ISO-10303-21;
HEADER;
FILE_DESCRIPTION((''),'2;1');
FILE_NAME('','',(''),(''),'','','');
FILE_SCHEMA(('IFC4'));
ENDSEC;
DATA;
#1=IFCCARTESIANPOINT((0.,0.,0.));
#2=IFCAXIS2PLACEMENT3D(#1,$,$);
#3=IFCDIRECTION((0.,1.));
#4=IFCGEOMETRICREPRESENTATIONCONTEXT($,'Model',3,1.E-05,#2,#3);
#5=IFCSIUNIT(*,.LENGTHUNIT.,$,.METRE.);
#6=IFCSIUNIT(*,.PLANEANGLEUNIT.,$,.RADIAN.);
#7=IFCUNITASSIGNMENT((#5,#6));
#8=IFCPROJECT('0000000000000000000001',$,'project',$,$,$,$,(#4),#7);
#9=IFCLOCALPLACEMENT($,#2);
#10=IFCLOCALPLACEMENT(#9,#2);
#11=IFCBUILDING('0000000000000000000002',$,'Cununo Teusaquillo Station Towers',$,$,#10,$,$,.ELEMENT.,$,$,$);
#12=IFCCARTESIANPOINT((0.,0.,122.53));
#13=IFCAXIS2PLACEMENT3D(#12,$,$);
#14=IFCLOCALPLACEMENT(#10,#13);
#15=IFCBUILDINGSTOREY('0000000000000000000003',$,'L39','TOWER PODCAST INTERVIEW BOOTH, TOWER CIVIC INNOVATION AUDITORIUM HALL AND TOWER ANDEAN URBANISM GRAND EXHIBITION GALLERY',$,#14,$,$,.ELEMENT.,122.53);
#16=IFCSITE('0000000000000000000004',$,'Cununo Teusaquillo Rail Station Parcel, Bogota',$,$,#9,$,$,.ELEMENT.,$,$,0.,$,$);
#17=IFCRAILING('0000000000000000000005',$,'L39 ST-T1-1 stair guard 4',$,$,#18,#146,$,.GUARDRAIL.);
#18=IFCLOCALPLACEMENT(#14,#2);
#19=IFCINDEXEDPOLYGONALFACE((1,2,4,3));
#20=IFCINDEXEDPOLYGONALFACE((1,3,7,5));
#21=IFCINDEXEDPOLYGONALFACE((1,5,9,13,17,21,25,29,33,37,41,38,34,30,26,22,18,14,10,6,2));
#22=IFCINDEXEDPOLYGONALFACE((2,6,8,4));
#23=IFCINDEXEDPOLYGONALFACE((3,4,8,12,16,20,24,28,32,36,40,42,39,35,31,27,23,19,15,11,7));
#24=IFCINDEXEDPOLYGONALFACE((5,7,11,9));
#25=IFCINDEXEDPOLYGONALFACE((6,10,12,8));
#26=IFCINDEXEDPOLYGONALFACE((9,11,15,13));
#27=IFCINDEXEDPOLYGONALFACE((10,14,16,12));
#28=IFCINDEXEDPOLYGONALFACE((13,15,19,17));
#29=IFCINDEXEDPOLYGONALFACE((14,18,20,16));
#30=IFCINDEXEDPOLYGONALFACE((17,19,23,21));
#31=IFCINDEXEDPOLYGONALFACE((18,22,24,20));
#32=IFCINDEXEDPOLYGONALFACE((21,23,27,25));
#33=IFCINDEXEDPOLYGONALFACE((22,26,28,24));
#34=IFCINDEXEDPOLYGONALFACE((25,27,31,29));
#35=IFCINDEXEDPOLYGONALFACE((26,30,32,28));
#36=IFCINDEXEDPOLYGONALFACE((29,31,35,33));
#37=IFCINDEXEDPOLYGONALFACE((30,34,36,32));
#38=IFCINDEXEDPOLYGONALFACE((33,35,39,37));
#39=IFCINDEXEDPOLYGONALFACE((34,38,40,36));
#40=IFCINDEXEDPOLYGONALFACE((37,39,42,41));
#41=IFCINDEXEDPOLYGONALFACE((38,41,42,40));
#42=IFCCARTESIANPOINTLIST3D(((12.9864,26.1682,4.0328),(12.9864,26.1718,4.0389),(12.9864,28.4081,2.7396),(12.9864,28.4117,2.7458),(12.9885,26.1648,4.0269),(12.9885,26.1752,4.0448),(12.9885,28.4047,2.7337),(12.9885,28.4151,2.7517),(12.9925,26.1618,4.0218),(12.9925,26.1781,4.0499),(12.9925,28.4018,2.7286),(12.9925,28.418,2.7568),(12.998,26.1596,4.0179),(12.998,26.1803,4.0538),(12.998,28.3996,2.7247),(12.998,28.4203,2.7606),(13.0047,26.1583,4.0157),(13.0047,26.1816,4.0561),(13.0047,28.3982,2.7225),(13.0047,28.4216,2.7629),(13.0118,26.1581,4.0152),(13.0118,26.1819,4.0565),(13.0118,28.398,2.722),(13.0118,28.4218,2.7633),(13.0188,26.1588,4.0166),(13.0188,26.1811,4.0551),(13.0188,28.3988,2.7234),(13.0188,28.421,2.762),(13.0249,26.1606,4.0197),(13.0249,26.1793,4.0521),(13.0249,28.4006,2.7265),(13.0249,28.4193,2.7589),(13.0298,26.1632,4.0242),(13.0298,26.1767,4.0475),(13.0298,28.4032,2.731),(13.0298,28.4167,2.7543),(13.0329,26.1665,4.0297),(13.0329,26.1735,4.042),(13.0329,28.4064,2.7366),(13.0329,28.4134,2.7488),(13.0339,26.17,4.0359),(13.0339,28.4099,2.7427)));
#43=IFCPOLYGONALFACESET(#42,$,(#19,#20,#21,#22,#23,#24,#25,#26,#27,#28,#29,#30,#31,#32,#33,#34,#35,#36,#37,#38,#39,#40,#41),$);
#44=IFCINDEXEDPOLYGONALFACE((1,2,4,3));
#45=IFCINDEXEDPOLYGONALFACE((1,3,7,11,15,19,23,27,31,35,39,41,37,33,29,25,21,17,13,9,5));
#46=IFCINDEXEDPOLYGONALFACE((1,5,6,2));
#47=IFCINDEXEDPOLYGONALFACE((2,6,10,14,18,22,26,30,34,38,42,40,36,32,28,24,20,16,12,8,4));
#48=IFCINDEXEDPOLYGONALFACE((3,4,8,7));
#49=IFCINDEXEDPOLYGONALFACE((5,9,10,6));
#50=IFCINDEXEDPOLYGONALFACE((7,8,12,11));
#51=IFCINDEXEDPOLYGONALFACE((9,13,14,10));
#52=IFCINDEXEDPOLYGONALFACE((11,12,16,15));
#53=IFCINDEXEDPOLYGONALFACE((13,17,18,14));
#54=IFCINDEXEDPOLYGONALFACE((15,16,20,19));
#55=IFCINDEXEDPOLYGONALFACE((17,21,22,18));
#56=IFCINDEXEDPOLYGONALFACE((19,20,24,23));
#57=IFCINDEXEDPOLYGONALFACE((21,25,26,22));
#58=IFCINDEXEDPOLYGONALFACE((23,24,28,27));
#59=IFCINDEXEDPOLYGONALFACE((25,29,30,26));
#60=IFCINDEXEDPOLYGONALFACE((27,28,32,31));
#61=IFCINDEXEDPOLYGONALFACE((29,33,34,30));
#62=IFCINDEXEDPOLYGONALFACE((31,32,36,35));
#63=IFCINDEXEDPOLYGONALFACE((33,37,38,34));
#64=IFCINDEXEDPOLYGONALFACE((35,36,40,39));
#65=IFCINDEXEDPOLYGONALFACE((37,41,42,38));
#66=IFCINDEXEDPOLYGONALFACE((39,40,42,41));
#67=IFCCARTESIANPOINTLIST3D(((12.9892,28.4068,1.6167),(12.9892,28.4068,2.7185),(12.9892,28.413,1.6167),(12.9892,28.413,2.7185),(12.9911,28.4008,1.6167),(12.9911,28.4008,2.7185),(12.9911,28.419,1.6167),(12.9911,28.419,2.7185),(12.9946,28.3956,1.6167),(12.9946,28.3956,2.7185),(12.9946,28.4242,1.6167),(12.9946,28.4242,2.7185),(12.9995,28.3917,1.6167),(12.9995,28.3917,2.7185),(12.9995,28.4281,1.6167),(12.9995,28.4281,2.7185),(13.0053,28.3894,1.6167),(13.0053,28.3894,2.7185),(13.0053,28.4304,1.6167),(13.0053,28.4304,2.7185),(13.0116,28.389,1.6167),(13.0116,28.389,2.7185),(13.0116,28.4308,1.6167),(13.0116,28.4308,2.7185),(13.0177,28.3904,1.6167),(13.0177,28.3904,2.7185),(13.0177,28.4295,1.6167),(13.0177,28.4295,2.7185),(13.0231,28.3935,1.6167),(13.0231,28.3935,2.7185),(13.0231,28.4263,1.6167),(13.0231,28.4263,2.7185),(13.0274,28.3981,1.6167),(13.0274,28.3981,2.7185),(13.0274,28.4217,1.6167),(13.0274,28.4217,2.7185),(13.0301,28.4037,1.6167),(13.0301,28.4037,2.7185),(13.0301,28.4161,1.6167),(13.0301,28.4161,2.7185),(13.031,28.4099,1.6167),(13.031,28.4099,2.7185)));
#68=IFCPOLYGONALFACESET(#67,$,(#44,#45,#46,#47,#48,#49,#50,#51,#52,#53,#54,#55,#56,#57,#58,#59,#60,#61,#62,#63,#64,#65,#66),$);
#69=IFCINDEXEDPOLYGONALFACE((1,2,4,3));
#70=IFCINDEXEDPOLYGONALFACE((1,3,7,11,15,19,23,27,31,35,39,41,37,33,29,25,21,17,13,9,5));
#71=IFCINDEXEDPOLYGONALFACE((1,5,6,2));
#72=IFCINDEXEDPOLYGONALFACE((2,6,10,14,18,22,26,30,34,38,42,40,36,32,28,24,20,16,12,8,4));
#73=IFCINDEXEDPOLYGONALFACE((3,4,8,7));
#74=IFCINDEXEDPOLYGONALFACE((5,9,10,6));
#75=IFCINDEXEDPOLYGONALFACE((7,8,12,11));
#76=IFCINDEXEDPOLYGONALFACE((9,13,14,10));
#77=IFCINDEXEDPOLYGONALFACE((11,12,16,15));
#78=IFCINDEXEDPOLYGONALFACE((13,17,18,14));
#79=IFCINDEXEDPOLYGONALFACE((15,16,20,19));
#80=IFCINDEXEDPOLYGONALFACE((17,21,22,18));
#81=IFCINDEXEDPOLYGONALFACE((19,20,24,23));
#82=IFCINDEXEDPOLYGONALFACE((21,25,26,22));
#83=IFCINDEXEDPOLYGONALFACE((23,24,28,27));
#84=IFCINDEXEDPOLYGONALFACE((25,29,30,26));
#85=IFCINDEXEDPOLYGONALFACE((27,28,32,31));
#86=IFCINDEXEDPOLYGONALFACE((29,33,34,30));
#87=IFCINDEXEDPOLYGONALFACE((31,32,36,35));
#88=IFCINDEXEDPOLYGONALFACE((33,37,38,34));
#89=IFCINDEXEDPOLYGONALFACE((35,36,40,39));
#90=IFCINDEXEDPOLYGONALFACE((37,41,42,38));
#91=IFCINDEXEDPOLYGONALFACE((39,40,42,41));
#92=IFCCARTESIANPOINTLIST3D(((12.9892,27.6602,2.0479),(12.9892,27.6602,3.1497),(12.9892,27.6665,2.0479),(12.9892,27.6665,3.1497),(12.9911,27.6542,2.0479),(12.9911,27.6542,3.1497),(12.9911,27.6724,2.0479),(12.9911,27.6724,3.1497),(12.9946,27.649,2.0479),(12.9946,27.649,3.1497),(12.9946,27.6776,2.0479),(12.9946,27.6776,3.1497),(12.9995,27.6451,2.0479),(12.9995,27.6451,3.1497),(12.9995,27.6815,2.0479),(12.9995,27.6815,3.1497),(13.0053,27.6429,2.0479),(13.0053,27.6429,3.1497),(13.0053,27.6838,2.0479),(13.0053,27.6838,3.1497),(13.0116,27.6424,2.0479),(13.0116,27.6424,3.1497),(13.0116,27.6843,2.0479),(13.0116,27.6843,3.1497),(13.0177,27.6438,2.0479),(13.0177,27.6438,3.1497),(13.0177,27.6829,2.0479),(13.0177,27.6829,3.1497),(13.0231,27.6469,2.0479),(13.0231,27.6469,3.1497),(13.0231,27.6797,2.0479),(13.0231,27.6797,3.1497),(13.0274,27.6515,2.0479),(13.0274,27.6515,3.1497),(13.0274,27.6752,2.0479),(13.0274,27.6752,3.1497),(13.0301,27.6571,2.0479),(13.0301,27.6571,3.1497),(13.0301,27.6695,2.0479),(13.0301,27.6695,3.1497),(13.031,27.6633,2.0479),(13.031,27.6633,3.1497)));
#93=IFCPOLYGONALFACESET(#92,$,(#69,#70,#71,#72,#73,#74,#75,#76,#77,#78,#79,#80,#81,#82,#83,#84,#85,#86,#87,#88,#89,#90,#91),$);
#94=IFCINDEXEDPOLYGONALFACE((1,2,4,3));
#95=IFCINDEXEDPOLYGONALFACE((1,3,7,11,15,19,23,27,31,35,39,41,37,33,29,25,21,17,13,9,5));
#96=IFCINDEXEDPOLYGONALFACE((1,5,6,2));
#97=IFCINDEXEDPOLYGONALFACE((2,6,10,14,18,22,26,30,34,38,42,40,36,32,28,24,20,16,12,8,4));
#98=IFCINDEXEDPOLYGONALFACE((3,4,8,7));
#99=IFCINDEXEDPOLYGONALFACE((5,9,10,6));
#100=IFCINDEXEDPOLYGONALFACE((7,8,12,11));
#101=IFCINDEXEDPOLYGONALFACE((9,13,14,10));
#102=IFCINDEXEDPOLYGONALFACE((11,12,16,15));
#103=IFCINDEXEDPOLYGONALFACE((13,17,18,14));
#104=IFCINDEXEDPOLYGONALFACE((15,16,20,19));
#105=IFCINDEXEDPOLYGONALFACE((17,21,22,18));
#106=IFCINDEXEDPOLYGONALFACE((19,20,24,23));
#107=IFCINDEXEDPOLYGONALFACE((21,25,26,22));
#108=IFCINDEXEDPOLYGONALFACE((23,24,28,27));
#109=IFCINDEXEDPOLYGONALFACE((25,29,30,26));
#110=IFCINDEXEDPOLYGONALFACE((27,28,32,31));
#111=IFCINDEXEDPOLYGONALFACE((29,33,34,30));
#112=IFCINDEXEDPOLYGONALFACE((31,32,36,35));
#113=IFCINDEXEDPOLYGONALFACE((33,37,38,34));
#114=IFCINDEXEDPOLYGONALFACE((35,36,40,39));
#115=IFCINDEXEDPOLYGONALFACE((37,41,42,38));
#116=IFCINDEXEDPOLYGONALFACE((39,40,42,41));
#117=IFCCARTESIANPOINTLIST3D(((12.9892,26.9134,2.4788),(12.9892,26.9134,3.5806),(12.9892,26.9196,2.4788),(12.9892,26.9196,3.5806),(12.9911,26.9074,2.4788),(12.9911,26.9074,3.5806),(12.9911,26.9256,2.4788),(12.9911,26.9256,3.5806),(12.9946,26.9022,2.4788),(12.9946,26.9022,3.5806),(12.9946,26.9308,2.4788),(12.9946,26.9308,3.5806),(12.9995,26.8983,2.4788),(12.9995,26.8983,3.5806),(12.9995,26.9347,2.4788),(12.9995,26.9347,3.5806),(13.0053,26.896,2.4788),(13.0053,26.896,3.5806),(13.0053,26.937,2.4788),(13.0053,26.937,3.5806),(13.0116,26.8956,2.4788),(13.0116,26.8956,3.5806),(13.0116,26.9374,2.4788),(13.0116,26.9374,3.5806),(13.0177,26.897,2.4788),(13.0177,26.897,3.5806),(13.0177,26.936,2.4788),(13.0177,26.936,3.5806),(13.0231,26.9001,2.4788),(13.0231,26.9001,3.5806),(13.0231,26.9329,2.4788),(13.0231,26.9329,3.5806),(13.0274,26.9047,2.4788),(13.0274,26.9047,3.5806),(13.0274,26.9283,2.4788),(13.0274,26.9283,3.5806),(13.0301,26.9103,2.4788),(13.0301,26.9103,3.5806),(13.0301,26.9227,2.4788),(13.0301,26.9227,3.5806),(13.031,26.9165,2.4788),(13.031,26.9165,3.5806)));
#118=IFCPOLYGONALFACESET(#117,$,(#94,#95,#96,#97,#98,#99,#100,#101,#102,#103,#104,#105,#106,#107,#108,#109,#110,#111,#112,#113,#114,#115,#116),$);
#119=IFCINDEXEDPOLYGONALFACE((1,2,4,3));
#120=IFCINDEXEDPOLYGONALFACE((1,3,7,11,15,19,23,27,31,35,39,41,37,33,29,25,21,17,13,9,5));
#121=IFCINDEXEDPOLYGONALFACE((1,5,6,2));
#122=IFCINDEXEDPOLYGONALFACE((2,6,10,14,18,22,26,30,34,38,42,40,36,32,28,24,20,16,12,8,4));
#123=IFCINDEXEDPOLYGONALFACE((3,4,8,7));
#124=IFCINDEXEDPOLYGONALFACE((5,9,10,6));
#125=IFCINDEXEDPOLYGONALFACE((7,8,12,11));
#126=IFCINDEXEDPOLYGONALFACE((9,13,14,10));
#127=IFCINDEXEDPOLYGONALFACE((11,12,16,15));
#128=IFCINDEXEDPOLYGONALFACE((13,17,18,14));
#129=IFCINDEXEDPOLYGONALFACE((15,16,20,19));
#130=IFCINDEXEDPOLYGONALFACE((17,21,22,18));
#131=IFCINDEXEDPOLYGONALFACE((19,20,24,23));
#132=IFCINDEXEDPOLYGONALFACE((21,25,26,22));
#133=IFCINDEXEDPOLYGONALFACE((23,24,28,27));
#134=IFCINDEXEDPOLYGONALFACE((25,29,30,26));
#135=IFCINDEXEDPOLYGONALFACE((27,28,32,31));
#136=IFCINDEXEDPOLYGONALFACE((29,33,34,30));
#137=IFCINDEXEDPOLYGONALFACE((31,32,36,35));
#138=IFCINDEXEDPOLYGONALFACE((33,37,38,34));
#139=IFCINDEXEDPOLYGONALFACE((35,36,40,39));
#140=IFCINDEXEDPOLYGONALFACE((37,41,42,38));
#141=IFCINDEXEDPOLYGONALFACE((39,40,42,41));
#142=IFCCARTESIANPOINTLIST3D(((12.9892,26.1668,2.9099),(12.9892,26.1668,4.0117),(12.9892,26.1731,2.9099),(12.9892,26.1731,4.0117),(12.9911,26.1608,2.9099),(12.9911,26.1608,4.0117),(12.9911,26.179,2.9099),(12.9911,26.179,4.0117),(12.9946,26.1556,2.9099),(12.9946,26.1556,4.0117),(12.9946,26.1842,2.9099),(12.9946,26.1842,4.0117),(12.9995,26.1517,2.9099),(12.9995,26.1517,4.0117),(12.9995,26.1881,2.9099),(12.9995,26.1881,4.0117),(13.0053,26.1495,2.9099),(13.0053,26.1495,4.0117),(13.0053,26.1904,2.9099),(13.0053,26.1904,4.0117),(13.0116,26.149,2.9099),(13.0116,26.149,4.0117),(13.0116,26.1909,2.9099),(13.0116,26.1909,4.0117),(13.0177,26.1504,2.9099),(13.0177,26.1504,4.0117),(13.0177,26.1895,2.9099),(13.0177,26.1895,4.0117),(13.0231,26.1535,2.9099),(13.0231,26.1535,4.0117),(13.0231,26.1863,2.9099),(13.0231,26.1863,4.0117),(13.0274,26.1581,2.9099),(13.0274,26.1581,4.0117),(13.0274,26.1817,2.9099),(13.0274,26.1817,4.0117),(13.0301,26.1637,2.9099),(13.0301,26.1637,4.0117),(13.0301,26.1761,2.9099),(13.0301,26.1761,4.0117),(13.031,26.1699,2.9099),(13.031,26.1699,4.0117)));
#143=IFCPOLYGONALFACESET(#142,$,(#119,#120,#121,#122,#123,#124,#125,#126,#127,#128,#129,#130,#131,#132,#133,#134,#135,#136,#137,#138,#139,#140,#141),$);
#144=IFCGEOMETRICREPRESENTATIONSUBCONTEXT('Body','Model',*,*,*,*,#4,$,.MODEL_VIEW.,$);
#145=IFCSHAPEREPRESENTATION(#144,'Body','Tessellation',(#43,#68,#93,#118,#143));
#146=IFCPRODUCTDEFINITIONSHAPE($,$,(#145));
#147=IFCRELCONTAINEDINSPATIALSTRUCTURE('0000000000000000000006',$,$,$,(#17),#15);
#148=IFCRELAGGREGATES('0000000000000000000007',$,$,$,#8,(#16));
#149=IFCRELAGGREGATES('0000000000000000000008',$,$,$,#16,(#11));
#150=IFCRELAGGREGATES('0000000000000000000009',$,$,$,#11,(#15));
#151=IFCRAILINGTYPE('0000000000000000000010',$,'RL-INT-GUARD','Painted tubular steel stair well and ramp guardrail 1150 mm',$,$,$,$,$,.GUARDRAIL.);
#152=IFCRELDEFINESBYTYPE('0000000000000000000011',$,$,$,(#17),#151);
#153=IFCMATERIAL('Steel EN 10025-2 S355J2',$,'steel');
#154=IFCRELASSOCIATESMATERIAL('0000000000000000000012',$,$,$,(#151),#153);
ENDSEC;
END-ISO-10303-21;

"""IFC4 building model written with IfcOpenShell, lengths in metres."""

from ifc_helpers import new_model, si_unit, direction, frame, origin, origin_2d, place, context, subcontext, project, spatial, circle, extrude, material, type_object, element, save


model = new_model("IFC4")

# Units and contexts
model_context = context("Model", 3, precision=1e-05, world=origin(), true_north=direction((0.0, 1.0)))
body_context = subcontext(model_context, "Body", "Model", "MODEL_VIEW")
ifc_project = project(units=[si_unit("LENGTHUNIT", "METRE"), si_unit("PLANEANGLEUNIT", "RADIAN")], contexts=[model_context])

# Site, building, storey
site_placement = place(None, origin())
site = spatial("IfcSite", under=ifc_project, at=site_placement, Name="Cununo Teusaquillo Rail Station Parcel, Bogota", CompositionType="ELEMENT", RefElevation=0.0)
building_placement = place(site_placement, origin())
building = spatial("IfcBuilding", under=site, at=building_placement, Name="Cununo Teusaquillo Station Towers", CompositionType="ELEMENT")
storey_placement = place(building_placement, frame((0.0, 0.0, 122.53)))
storey = spatial("IfcBuildingStorey", under=building, at=storey_placement, Name="L39", Description="TOWER PODCAST INTERVIEW BOOTH, TOWER CIVIC INNOVATION AUDITORIUM HALL AND TOWER ANDEAN URBANISM GRAND EXHIBITION GALLERY", CompositionType="ELEMENT", Elevation=122.53)

# Railing
ifc_material_1 = material(Name="Steel EN 10025-2 S355J2", Category="steel")
railing_type_1 = type_object("IfcRailingType", Name="RL-INT-GUARD", Description="Painted tubular steel stair well and ramp guardrail 1150 mm", PredefinedType="GUARDRAIL", material=ifc_material_1)
railing_1_placement = place(storey_placement, frame((13.01, 28.4099, 1.6167)))
element("IfcRailing", 1, at=railing_1_placement, inside=storey, type_object=railing_type_1, Name="L39 ST-T1-1 stair guard 4", PredefinedType="GUARDRAIL", context=body_context, shape_type="SweptSolid", body=[
    extrude(circle(Radius=0.0239, at=origin_2d()), frame((0.0, 0.0, 1.126), z_axis=(0.0, -0.866033, 0.499987), x_axis=(1.0, 0.0, 0.0)), (0.0, 0.0, 1.0), 2.5864),
    extrude(circle(Radius=0.021, at=origin_2d()), origin(), (0.0, 0.0, 1.0), 1.1018),
    extrude(circle(Radius=0.021, at=origin_2d()), frame((0.0, -0.7466, 0.4312)), (0.0, 0.0, 1.0), 1.1018),
    extrude(circle(Radius=0.021, at=origin_2d()), frame((0.0, -1.4934, 0.8621)), (0.0, 0.0, 1.0), 1.1018),
    extrude(circle(Radius=0.021, at=origin_2d()), frame((0.0, -2.24, 1.2932)), (0.0, 0.0, 1.0), 1.1018),
])

save(model, "model.ifc")
